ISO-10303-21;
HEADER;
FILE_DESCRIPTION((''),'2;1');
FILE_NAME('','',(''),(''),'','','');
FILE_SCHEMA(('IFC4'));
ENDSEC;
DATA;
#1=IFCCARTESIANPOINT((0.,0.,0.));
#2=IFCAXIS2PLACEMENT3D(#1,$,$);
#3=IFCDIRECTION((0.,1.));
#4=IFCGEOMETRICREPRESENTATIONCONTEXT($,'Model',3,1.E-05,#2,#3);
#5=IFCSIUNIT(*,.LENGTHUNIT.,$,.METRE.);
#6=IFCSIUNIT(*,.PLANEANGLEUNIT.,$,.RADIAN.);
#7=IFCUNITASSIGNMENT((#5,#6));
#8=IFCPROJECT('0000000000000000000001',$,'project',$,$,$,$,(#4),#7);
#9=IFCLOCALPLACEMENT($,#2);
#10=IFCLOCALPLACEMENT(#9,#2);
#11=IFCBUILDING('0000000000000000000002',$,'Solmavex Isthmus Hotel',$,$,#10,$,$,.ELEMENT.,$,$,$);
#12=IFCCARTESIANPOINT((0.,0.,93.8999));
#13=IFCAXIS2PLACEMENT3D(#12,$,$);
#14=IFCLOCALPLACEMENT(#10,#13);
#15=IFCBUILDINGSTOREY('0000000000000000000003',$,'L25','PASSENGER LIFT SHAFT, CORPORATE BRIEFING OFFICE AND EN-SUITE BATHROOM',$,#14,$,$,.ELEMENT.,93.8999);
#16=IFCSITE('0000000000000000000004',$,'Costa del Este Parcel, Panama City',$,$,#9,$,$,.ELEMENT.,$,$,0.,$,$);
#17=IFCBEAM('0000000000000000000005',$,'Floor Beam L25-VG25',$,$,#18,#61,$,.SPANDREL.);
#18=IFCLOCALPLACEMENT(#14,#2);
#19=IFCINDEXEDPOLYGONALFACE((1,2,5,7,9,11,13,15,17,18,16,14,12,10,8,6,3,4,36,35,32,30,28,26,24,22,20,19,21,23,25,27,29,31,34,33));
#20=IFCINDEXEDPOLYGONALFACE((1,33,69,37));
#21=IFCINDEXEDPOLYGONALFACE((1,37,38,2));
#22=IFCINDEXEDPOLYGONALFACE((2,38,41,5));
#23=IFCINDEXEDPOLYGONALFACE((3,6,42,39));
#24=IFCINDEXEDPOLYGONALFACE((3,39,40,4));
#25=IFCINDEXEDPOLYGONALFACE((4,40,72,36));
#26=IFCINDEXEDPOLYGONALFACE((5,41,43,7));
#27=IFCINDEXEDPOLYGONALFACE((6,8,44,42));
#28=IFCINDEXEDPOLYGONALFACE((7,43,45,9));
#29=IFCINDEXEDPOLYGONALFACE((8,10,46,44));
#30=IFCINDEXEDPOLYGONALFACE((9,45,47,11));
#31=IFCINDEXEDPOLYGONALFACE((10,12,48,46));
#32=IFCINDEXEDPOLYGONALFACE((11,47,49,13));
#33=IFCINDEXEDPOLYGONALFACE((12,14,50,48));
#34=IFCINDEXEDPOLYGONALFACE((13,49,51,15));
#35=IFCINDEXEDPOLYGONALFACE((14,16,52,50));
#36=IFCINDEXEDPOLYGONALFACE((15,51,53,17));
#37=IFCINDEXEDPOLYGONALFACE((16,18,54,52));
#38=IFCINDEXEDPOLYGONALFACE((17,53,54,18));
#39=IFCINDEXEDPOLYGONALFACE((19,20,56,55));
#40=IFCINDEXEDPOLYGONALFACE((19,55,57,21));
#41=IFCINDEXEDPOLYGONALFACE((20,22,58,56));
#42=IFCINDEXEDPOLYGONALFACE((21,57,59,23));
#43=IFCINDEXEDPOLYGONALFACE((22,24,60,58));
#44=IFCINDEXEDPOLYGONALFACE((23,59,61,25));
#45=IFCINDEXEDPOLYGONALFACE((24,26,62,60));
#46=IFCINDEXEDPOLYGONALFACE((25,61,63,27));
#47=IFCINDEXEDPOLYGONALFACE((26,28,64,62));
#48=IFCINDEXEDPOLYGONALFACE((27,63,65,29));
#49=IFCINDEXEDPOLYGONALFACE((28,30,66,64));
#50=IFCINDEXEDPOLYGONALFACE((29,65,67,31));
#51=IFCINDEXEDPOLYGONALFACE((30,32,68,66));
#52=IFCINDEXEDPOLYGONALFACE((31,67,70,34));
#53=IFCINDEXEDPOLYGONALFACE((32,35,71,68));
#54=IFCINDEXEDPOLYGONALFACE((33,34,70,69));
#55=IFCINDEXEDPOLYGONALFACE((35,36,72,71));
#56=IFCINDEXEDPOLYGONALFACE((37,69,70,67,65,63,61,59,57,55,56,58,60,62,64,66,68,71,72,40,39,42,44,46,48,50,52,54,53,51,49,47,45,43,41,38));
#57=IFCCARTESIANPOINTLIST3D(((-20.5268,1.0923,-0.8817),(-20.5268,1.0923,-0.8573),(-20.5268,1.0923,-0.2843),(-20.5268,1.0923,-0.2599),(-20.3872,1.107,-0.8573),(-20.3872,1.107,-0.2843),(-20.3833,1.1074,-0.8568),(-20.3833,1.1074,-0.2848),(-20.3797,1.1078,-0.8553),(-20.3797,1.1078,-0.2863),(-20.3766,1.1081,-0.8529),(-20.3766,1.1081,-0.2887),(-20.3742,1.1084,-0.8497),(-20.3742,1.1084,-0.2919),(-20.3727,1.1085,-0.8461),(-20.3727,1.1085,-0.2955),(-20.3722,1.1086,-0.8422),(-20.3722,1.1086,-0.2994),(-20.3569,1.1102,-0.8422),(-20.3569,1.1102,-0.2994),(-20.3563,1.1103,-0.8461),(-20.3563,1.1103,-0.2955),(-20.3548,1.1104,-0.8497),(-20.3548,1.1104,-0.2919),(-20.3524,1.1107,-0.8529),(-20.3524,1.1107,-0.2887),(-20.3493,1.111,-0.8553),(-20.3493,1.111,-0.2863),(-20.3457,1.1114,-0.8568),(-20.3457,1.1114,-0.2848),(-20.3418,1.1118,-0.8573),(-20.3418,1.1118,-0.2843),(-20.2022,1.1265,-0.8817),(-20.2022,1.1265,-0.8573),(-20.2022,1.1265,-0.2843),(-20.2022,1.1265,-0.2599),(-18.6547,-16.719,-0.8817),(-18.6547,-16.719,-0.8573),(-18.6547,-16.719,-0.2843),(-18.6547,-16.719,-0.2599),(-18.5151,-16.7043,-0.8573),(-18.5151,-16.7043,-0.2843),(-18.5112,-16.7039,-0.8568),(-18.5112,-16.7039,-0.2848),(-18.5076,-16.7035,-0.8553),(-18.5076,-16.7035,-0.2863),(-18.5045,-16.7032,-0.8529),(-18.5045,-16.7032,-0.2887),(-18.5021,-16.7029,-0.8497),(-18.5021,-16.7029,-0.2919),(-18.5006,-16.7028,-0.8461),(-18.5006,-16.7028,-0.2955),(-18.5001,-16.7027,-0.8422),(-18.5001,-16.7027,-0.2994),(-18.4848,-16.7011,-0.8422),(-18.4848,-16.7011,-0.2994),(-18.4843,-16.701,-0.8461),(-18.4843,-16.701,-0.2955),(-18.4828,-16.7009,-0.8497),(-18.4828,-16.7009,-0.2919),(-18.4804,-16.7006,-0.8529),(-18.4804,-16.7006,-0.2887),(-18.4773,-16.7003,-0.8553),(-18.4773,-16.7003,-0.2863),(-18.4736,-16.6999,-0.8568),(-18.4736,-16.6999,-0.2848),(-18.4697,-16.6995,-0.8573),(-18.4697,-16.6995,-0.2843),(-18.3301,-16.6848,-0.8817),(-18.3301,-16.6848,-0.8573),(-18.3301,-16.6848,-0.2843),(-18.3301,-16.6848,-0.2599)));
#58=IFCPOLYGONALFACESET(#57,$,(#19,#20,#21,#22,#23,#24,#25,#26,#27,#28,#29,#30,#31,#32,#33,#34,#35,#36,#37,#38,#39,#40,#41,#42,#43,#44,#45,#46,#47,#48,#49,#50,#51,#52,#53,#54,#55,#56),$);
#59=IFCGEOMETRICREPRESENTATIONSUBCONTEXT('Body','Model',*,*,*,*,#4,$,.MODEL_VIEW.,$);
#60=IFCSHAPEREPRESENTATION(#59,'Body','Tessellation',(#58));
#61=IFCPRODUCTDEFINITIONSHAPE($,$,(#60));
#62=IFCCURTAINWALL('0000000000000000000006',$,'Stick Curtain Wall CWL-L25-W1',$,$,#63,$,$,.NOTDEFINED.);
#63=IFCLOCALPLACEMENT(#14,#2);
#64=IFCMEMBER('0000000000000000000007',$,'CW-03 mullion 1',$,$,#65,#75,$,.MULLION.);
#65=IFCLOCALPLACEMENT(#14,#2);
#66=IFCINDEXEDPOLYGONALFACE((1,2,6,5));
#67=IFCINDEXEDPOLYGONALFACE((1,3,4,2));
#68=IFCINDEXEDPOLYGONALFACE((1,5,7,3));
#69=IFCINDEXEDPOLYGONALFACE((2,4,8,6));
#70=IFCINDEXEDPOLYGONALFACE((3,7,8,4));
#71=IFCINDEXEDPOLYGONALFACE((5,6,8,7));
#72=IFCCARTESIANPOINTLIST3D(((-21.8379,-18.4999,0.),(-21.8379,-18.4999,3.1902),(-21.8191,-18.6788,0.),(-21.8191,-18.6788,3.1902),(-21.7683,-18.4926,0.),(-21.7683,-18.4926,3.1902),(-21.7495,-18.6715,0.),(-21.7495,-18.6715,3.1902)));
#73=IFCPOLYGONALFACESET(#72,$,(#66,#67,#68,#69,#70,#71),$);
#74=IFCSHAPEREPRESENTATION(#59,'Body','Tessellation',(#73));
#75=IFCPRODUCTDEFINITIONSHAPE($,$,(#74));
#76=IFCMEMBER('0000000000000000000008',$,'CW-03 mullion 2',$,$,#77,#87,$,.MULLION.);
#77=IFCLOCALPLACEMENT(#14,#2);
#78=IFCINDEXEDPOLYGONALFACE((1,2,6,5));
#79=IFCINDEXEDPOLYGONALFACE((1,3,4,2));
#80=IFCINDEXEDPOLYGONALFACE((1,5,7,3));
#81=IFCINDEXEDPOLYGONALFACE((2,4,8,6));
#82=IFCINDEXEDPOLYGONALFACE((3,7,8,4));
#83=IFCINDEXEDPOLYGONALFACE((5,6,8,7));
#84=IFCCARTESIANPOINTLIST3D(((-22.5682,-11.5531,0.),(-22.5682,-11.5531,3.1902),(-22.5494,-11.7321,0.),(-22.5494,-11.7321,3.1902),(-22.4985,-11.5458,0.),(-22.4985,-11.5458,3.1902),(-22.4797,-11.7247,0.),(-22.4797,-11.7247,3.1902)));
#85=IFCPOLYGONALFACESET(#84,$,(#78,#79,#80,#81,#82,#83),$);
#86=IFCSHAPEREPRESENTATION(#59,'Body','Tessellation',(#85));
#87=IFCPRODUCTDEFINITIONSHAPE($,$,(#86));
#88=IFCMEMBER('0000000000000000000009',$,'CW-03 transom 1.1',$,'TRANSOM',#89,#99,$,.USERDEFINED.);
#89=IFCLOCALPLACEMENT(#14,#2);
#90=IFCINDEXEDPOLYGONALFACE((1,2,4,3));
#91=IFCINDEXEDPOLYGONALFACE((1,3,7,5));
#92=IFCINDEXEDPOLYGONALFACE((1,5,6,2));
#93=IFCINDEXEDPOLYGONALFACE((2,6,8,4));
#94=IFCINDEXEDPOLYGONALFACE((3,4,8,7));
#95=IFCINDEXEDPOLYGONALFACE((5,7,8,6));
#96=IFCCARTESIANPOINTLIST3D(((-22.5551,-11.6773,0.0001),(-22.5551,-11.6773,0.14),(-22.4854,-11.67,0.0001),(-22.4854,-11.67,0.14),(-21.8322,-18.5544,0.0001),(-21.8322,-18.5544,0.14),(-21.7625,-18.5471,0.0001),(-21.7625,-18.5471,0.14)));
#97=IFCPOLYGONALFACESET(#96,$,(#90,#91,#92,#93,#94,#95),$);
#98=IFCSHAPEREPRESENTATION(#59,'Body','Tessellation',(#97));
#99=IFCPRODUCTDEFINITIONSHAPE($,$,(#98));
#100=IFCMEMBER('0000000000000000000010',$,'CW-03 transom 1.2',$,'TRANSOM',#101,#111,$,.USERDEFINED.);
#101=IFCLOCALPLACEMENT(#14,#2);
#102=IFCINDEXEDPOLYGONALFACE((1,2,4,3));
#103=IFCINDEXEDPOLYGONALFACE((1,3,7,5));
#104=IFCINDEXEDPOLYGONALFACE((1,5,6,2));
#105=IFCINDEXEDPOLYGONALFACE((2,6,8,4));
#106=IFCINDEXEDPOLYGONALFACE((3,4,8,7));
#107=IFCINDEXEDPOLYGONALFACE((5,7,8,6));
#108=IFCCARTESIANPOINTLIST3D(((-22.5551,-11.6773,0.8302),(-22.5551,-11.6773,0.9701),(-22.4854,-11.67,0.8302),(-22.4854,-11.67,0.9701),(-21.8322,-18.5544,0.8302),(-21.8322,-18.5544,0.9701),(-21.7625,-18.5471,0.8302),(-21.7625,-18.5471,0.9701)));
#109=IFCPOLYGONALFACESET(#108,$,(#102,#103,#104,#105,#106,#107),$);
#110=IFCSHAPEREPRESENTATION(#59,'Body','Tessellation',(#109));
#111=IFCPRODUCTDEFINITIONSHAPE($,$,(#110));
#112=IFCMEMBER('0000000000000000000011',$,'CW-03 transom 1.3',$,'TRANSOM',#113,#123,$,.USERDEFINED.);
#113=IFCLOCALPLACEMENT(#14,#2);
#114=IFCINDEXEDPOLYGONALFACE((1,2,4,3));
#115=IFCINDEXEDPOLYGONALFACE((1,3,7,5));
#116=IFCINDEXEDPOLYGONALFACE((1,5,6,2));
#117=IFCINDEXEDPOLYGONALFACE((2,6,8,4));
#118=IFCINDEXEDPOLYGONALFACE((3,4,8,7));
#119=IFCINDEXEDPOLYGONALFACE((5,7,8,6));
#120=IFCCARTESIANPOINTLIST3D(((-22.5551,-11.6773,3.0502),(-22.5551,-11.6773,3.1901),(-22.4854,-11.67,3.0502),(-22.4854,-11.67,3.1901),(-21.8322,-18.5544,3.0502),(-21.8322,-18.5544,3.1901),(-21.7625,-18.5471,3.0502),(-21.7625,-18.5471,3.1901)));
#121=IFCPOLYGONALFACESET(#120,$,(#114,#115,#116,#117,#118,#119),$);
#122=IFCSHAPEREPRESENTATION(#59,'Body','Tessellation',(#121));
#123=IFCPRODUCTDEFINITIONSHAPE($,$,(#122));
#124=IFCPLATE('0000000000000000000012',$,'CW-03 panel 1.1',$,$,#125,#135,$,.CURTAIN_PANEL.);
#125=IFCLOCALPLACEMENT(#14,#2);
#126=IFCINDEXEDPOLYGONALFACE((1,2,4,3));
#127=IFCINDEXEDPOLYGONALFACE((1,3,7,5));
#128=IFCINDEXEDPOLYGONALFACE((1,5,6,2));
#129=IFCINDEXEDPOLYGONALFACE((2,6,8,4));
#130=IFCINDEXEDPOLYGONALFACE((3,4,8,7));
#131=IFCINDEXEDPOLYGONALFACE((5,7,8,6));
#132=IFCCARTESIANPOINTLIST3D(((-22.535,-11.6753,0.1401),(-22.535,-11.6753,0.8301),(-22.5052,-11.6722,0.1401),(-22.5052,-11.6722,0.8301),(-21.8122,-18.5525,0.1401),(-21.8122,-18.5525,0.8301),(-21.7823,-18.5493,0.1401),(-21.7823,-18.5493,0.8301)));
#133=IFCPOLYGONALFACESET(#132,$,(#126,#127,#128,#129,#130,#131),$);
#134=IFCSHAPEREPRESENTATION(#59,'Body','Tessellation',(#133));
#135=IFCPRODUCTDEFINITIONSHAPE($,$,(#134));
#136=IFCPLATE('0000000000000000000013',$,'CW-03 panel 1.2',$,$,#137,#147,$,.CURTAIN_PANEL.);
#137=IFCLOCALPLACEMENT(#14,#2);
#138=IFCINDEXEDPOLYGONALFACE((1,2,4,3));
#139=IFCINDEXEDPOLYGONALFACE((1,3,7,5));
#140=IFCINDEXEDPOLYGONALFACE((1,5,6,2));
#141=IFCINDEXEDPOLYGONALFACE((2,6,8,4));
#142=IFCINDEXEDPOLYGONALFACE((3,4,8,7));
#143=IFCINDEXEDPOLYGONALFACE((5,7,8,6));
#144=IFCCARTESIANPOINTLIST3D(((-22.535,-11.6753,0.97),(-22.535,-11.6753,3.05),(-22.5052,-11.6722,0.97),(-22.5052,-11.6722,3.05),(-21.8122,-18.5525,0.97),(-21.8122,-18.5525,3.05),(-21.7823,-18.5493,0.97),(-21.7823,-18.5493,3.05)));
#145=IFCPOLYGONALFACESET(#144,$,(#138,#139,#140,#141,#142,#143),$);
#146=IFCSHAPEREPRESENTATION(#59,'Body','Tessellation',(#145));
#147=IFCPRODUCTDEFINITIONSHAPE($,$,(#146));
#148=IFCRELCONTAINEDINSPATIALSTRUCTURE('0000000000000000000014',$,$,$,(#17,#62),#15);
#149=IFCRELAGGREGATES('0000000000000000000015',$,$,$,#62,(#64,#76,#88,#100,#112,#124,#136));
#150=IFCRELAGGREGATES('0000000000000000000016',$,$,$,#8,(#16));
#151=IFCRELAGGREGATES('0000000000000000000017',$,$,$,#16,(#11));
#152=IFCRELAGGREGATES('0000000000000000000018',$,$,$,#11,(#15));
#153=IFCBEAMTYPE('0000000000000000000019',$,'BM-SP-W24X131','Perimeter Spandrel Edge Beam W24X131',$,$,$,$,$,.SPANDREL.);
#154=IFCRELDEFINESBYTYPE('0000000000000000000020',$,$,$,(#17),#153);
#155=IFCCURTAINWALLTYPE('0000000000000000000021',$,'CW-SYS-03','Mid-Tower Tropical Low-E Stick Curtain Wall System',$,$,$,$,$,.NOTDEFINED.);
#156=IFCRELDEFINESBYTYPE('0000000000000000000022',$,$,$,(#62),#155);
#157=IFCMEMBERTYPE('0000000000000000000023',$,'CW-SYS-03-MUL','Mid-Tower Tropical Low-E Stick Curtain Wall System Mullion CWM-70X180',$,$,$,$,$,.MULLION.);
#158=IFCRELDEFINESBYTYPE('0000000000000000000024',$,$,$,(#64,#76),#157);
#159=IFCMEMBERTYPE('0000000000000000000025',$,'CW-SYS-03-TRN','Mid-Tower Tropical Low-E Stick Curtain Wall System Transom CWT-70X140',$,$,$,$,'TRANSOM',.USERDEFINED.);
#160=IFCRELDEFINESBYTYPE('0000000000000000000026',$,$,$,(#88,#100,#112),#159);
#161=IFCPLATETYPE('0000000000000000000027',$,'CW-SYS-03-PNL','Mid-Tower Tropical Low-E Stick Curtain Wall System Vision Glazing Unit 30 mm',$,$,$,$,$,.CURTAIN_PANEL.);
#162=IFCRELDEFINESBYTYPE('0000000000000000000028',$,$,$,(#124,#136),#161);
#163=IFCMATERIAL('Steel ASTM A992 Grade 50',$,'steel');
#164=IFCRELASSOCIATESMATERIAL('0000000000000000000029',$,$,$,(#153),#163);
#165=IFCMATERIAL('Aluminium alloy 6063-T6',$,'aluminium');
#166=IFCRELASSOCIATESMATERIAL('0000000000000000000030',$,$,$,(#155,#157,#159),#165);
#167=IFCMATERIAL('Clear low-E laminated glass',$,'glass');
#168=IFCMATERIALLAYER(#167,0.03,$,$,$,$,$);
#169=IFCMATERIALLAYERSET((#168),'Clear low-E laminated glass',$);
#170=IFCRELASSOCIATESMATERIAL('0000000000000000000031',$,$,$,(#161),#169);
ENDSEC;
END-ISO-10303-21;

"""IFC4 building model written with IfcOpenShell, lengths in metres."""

from ifc_helpers import new_model, si_unit, direction, frame, origin, origin_2d, place, context, subcontext, project, spatial, rectangle, i_section, extrude, material, layer, layer_set, material_profile, profile_set, type_object, element, aggregate, save


model = new_model("IFC4")

# Units and contexts
model_context = context("Model", 3, precision=1e-05, world=origin(), true_north=direction((0.0, 1.0)))
body_context = subcontext(model_context, "Body", "Model", "MODEL_VIEW")
ifc_project = project(units=[si_unit("LENGTHUNIT", "METRE"), si_unit("PLANEANGLEUNIT", "RADIAN")], contexts=[model_context])

# Site, building, storey
site_placement = place(None, origin())
site = spatial("IfcSite", under=ifc_project, at=site_placement, Name="Costa del Este Parcel, Panama City", CompositionType="ELEMENT", RefElevation=0.0)
building_placement = place(site_placement, origin())
building = spatial("IfcBuilding", under=site, at=building_placement, Name="Solmavex Isthmus Hotel", CompositionType="ELEMENT")
storey_placement = place(building_placement, frame((0.0, 0.0, 93.8999)))
storey = spatial("IfcBuildingStorey", under=building, at=storey_placement, Name="L25", Description="PASSENGER LIFT SHAFT, CORPORATE BRIEFING OFFICE AND EN-SUITE BATHROOM", CompositionType="ELEMENT", Elevation=93.8999)

# Beam
ifc_material_1 = material(Name="Steel ASTM A992 Grade 50", Category="steel")
ifc_material_profile_1 = material_profile(ifc_material_1, i_section(OverallWidth=0.3264, OverallDepth=0.6218, WebThickness=0.0154, FlangeThickness=0.0244, FilletRadius=0.0151, at=origin_2d()), Name="W24X131")
ifc_profile_set_1 = profile_set([ifc_material_profile_1], Name="Steel ASTM A992 Grade 50")
beam_type_1 = type_object("IfcBeamType", Name="BM-SP-W24X131", Description="Perimeter Spandrel Edge Beam W24X131", PredefinedType="SPANDREL", material=ifc_profile_set_1)
beam_1_placement = place(storey_placement, frame((-18.4924, -16.7019, -0.5708), z_axis=(-0.10453, 0.994522, 0.0), x_axis=(-0.994522, -0.10453, 0.0)))
element("IfcBeam", 1, at=beam_1_placement, inside=storey, type_object=beam_type_1, Name="Floor Beam L25-VG25", PredefinedType="SPANDREL", context=body_context, shape_type="SweptSolid", body=[
    extrude(i_section(OverallWidth=0.3264, OverallDepth=0.6218, WebThickness=0.0154, FlangeThickness=0.0244, FilletRadius=0.0151, at=origin_2d()), origin(), (0.0, 0.0, 1.0), 17.9094),
])

# Curtain wall, members, plates
ifc_material_2 = material(Name="Aluminium alloy 6063-T6", Category="aluminium")
curtain_wall_type = type_object("IfcCurtainWallType", Name="CW-SYS-03", Description="Mid-Tower Tropical Low-E Stick Curtain Wall System", PredefinedType="NOTDEFINED", material=ifc_material_2)
curtain_wall_placement = place(storey_placement, origin())
curtain_wall = element("IfcCurtainWall", 2, at=curtain_wall_placement, inside=storey, type_object=curtain_wall_type, Name="Stick Curtain Wall CWL-L25-W1", PredefinedType="NOTDEFINED")
ifc_material_profile_2 = material_profile(ifc_material_2, rectangle(XDim=0.0701, YDim=0.1799, at=origin_2d()), Name="CWM-70X180")
ifc_profile_set_2 = profile_set([ifc_material_profile_2], Name="Aluminium alloy 6063-T6")
member_type_1 = type_object("IfcMemberType", Name="CW-SYS-03-MUL", Description="Mid-Tower Tropical Low-E Stick Curtain Wall System Mullion CWM-70X180", PredefinedType="MULLION", material=ifc_profile_set_2)
member_1_placement = place(storey_placement, frame((-21.7937, -18.5857, 0.0), z_axis=(0.0, 0.0, 1.0), x_axis=(-0.994522, -0.104528, 0.0)))
member_1 = element("IfcMember", 3, at=member_1_placement, type_object=member_type_1, Name="CW-03 mullion 1", PredefinedType="MULLION", context=body_context, shape_type="SweptSolid", body=[
    extrude(rectangle(XDim=0.0701, YDim=0.1799, at=origin_2d()), origin(), (0.0, 0.0, 1.0), 3.1902),
])
member_2_placement = place(storey_placement, frame((-22.5239, -11.6389, 0.0), z_axis=(0.0, 0.0, 1.0), x_axis=(-0.994522, -0.104528, 0.0)))
member_2 = element("IfcMember", 4, at=member_2_placement, type_object=member_type_1, Name="CW-03 mullion 2", PredefinedType="MULLION", context=body_context, shape_type="SweptSolid", body=[
    extrude(rectangle(XDim=0.0701, YDim=0.1799, at=origin_2d()), origin(), (0.0, 0.0, 1.0), 3.1902),
])
ifc_material_profile_3 = material_profile(ifc_material_2, rectangle(XDim=0.0701, YDim=0.1399, at=origin_2d()), Name="CWT-70X140")
ifc_profile_set_3 = profile_set([ifc_material_profile_3], Name="Aluminium alloy 6063-T6")
member_type_2 = type_object("IfcMemberType", Name="CW-SYS-03-TRN", Description="Mid-Tower Tropical Low-E Stick Curtain Wall System Transom CWT-70X140", ElementType="TRANSOM", PredefinedType="USERDEFINED", material=ifc_profile_set_3)
member_3_placement = place(storey_placement, frame((-21.7974, -18.5508, 0.0701), z_axis=(-0.10454, 0.994521, 0.0), x_axis=(-0.994521, -0.10454, 0.0)))
member_3 = element("IfcMember", 5, at=member_3_placement, type_object=member_type_2, Name="CW-03 transom 1.1", ObjectType="TRANSOM", PredefinedType="USERDEFINED", context=body_context, shape_type="SweptSolid", body=[
    extrude(rectangle(XDim=0.0701, YDim=0.1399, at=origin_2d()), origin(), (0.0, 0.0, 1.0), 6.915),
])
member_4_placement = place(storey_placement, frame((-21.7974, -18.5508, 0.9001), z_axis=(-0.10454, 0.994521, 0.0), x_axis=(-0.994521, -0.10454, 0.0)))
member_4 = element("IfcMember", 6, at=member_4_placement, type_object=member_type_2, Name="CW-03 transom 1.2", ObjectType="TRANSOM", PredefinedType="USERDEFINED", context=body_context, shape_type="SweptSolid", body=[
    extrude(rectangle(XDim=0.0701, YDim=0.1399, at=origin_2d()), origin(), (0.0, 0.0, 1.0), 6.915),
])
member_5_placement = place(storey_placement, frame((-21.7974, -18.5508, 3.1201), z_axis=(-0.10454, 0.994521, 0.0), x_axis=(-0.994521, -0.10454, 0.0)))
member_5 = element("IfcMember", 7, at=member_5_placement, type_object=member_type_2, Name="CW-03 transom 1.3", ObjectType="TRANSOM", PredefinedType="USERDEFINED", context=body_context, shape_type="SweptSolid", body=[
    extrude(rectangle(XDim=0.0701, YDim=0.1399, at=origin_2d()), origin(), (0.0, 0.0, 1.0), 6.915),
])
ifc_material_3 = material(Name="Clear low-E laminated glass", Category="glass")
ifc_layer_1 = layer(ifc_material_3, 0.03)
ifc_layer_set_1 = layer_set([ifc_layer_1], Name="Clear low-E laminated glass")
plate_type = type_object("IfcPlateType", Name="CW-SYS-03-PNL", Description="Mid-Tower Tropical Low-E Stick Curtain Wall System Vision Glazing Unit 30 mm", PredefinedType="CURTAIN_PANEL", material=ifc_layer_set_1)
plate_1_placement = place(storey_placement, frame((-22.1587, -15.1123, 0.1401), z_axis=(0.0, 0.0, 1.0), x_axis=(-0.104528, 0.994522, 0.0)))
plate_1 = element("IfcPlate", 8, at=plate_1_placement, type_object=plate_type, Name="CW-03 panel 1.1", PredefinedType="CURTAIN_PANEL", context=body_context, shape_type="SweptSolid", body=[
    extrude(rectangle(XDim=6.915, YDim=0.03, at=origin_2d()), origin(), (0.0, 0.0, 1.0), 0.6899),
])
plate_2_placement = place(storey_placement, frame((-22.1587, -15.1123, 0.97), z_axis=(0.0, 0.0, 1.0), x_axis=(-0.104528, 0.994522, 0.0)))
plate_2 = element("IfcPlate", 9, at=plate_2_placement, type_object=plate_type, Name="CW-03 panel 1.2", PredefinedType="CURTAIN_PANEL", context=body_context, shape_type="SweptSolid", body=[
    extrude(rectangle(XDim=6.915, YDim=0.03, at=origin_2d()), origin(), (0.0, 0.0, 1.0), 2.0801),
])
aggregate(curtain_wall, [member_1, member_2, member_3, member_4, member_5, plate_1, plate_2])

save(model, "model.ifc")
